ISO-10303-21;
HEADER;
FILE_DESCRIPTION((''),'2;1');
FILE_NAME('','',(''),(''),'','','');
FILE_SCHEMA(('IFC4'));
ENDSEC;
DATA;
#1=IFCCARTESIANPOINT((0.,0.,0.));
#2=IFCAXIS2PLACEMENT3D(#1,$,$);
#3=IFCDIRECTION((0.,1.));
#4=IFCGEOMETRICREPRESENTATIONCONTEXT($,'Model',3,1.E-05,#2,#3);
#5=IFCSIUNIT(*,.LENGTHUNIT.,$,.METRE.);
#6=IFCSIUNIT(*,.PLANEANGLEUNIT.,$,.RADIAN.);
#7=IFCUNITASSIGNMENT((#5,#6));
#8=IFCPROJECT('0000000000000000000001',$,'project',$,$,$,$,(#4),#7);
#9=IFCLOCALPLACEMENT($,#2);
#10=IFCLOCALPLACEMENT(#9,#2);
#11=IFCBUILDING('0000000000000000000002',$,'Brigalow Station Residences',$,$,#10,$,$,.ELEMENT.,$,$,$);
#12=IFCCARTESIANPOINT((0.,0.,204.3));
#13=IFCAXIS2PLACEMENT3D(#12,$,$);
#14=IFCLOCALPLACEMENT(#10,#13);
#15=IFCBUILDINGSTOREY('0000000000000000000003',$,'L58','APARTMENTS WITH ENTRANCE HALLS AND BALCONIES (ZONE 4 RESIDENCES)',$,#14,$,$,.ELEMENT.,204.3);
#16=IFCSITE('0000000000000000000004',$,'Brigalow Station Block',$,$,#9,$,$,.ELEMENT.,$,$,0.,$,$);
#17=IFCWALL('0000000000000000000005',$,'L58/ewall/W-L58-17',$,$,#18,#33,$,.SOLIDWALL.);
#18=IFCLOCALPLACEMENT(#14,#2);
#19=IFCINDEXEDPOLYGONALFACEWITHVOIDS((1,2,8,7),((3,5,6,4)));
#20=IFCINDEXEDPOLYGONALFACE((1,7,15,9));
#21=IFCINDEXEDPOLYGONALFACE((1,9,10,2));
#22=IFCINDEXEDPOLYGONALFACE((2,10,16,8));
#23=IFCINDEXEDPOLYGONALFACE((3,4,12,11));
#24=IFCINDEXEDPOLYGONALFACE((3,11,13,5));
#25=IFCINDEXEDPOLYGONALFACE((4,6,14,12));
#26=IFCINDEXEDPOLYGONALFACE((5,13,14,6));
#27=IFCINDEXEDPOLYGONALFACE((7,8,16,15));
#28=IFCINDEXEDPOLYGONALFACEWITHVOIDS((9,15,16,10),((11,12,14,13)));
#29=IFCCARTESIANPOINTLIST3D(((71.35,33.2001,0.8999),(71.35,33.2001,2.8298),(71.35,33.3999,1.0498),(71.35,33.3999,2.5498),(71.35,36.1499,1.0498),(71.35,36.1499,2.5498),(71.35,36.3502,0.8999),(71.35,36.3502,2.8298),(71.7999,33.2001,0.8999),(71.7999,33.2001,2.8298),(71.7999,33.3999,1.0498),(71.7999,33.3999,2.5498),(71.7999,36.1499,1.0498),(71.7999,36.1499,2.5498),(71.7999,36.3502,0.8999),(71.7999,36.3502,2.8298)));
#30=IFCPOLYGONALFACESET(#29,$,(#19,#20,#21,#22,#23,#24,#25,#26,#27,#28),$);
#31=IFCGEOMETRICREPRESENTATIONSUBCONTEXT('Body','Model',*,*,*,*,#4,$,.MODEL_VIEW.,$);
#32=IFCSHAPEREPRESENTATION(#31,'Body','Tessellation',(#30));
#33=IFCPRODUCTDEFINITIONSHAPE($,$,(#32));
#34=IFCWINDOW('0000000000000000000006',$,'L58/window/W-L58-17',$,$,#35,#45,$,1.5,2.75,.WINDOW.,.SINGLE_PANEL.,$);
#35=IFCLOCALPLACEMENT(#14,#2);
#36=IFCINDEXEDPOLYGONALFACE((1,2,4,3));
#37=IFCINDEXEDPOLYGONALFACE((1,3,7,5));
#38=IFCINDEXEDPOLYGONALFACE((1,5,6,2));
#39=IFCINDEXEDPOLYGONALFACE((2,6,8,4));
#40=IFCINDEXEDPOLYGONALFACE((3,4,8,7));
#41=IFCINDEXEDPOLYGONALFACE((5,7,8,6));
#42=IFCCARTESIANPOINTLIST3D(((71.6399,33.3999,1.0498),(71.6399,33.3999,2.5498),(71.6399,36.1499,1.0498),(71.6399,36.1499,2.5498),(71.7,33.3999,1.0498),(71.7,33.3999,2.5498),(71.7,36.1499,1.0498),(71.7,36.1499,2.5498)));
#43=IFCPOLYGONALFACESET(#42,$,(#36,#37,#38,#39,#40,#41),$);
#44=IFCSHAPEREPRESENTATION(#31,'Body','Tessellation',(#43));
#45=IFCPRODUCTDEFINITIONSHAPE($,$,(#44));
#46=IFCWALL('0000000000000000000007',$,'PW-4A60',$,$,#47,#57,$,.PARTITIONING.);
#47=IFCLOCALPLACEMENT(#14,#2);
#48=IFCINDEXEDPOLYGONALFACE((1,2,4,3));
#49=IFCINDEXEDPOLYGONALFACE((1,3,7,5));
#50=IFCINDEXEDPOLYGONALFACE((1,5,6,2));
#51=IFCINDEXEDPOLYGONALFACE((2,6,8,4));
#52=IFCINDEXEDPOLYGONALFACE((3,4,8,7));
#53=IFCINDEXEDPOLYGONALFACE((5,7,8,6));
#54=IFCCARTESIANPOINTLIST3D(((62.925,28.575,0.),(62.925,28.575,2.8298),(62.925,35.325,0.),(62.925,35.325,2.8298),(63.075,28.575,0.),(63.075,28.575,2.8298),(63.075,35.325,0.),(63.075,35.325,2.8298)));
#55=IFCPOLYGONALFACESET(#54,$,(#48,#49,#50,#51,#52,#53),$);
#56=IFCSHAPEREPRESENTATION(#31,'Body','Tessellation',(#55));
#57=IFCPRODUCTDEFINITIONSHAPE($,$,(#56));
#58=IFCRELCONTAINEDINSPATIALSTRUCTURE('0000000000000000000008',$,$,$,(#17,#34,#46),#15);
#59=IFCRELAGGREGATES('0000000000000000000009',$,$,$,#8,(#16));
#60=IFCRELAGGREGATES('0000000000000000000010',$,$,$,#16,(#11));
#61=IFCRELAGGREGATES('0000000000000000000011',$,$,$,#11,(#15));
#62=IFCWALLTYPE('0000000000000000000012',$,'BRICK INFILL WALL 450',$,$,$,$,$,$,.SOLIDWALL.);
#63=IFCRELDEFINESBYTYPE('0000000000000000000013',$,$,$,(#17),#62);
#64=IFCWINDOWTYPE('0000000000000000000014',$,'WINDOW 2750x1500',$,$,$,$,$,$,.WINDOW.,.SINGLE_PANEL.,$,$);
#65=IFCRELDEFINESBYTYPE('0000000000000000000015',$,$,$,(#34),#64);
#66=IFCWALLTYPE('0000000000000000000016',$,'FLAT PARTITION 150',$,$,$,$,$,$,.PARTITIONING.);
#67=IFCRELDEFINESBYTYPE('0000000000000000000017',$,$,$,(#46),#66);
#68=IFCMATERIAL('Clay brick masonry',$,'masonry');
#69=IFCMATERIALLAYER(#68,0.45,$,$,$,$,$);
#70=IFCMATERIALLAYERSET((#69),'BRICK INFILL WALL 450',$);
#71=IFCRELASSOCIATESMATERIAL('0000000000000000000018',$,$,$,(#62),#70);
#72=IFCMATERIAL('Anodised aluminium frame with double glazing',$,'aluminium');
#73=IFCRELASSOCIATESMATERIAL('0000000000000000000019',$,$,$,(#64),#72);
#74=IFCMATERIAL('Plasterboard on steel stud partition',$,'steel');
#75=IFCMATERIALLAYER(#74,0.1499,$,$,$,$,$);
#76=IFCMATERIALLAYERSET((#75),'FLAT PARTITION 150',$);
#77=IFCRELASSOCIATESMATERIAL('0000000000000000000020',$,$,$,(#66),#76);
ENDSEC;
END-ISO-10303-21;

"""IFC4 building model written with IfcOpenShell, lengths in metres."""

from ifc_helpers import new_model, si_unit, direction, frame, frame_2d, origin, place, context, subcontext, project, spatial, rectangle, extrude, material, layer, layer_set, type_object, element, fill, save


model = new_model("IFC4")

# Units and contexts
model_context = context("Model", 3, precision=1e-05, world=origin(), true_north=direction((0.0, 1.0)))
body_context = subcontext(model_context, "Body", "Model", "MODEL_VIEW")
ifc_project = project(units=[si_unit("LENGTHUNIT", "METRE"), si_unit("PLANEANGLEUNIT", "RADIAN")], contexts=[model_context])

# Site, building, storey
site_placement = place(None, origin())
site = spatial("IfcSite", under=ifc_project, at=site_placement, Name="Brigalow Station Block", CompositionType="ELEMENT", RefElevation=0.0)
building_placement = place(site_placement, origin())
building = spatial("IfcBuilding", under=site, at=building_placement, Name="Brigalow Station Residences", CompositionType="ELEMENT")
storey_placement = place(building_placement, frame((0.0, 0.0, 204.3)))
storey = spatial("IfcBuildingStorey", under=building, at=storey_placement, Name="L58", Description="APARTMENTS WITH ENTRANCE HALLS AND BALCONIES (ZONE 4 RESIDENCES)", CompositionType="ELEMENT", Elevation=204.3)

# Shared definitions
ifc_material_1 = material(Name="Clay brick masonry", Category="masonry")
ifc_layer_1 = layer(ifc_material_1, 0.45)
ifc_layer_set_1 = layer_set([ifc_layer_1], Name="BRICK INFILL WALL 450")
wall_type_1 = type_object("IfcWallType", Name="BRICK INFILL WALL 450", PredefinedType="SOLIDWALL", material=ifc_layer_set_1)

# Wall, opening, window
wall_1_placement = place(storey_placement, frame((71.575, 33.2, 0.8999), z_axis=(0.0, 0.0, 1.0), x_axis=(0.0, 1.0, 0.0)))
wall_1 = element("IfcWall", 1, at=wall_1_placement, inside=storey, type_object=wall_type_1, Name="L58/ewall/W-L58-17", PredefinedType="SOLIDWALL", context=body_context, shape_type="SweptSolid", body=[
    extrude(rectangle(XDim=3.1501, YDim=0.45, at=frame_2d((1.5752, 0.0))), origin(), (0.0, 0.0, 1.0), 1.9299),
])
opening_1_placement = place(wall_1_placement, frame((0.2, 0.0, 0.1499)))
opening_1 = element("IfcOpeningElement", 2, at=opening_1_placement, cuts=wall_1, PredefinedType="OPENING", context=body_context, shape_type="SweptSolid", body=[
    extrude(rectangle(XDim=2.75, YDim=1.5, at=frame_2d((1.375, 0.75))), frame((0.0, 0.2349, 0.0), z_axis=(0.0, -1.0, 0.0), x_axis=(1.0, 0.0, 0.0)), (0.0, 0.0, 1.0), 0.47),
])
ifc_material_2 = material(Name="Anodised aluminium frame with double glazing", Category="aluminium")
window_type_1 = type_object("IfcWindowType", Name="WINDOW 2750x1500", PartitioningType="SINGLE_PANEL", PredefinedType="WINDOW", material=ifc_material_2)
window_1_placement = place(opening_1_placement, origin())
window_1 = element("IfcWindow", 3, at=window_1_placement, inside=storey, type_object=window_type_1, Name="L58/window/W-L58-17", OverallHeight=1.5, OverallWidth=2.75, PartitioningType="SINGLE_PANEL", PredefinedType="WINDOW", context=body_context, shape_type="SweptSolid", body=[
    extrude(rectangle(XDim=2.75, YDim=1.5, at=frame_2d((1.375, 0.75))), frame((0.0, -0.0649, 0.0), z_axis=(0.0, -1.0, 0.0), x_axis=(1.0, 0.0, 0.0)), (0.0, 0.0, 1.0), 0.0601),
])
fill(opening_1, window_1)

# Wall
ifc_material_3 = material(Name="Plasterboard on steel stud partition", Category="steel")
ifc_layer_2 = layer(ifc_material_3, 0.1499)
ifc_layer_set_2 = layer_set([ifc_layer_2], Name="FLAT PARTITION 150")
wall_type_2 = type_object("IfcWallType", Name="FLAT PARTITION 150", PredefinedType="PARTITIONING", material=ifc_layer_set_2)
wall_2_placement = place(storey_placement, frame((63.0, 28.575, 0.0), z_axis=(0.0, 0.0, 1.0), x_axis=(0.0, 1.0, 0.0)))
element("IfcWall", 4, at=wall_2_placement, inside=storey, type_object=wall_type_2, Name="PW-4A60", PredefinedType="PARTITIONING", context=body_context, shape_type="SweptSolid", body=[
    extrude(rectangle(XDim=6.75, YDim=0.1499, at=frame_2d((3.375, 0.0))), origin(), (0.0, 0.0, 1.0), 2.8298),
])

save(model, "model.ifc")
